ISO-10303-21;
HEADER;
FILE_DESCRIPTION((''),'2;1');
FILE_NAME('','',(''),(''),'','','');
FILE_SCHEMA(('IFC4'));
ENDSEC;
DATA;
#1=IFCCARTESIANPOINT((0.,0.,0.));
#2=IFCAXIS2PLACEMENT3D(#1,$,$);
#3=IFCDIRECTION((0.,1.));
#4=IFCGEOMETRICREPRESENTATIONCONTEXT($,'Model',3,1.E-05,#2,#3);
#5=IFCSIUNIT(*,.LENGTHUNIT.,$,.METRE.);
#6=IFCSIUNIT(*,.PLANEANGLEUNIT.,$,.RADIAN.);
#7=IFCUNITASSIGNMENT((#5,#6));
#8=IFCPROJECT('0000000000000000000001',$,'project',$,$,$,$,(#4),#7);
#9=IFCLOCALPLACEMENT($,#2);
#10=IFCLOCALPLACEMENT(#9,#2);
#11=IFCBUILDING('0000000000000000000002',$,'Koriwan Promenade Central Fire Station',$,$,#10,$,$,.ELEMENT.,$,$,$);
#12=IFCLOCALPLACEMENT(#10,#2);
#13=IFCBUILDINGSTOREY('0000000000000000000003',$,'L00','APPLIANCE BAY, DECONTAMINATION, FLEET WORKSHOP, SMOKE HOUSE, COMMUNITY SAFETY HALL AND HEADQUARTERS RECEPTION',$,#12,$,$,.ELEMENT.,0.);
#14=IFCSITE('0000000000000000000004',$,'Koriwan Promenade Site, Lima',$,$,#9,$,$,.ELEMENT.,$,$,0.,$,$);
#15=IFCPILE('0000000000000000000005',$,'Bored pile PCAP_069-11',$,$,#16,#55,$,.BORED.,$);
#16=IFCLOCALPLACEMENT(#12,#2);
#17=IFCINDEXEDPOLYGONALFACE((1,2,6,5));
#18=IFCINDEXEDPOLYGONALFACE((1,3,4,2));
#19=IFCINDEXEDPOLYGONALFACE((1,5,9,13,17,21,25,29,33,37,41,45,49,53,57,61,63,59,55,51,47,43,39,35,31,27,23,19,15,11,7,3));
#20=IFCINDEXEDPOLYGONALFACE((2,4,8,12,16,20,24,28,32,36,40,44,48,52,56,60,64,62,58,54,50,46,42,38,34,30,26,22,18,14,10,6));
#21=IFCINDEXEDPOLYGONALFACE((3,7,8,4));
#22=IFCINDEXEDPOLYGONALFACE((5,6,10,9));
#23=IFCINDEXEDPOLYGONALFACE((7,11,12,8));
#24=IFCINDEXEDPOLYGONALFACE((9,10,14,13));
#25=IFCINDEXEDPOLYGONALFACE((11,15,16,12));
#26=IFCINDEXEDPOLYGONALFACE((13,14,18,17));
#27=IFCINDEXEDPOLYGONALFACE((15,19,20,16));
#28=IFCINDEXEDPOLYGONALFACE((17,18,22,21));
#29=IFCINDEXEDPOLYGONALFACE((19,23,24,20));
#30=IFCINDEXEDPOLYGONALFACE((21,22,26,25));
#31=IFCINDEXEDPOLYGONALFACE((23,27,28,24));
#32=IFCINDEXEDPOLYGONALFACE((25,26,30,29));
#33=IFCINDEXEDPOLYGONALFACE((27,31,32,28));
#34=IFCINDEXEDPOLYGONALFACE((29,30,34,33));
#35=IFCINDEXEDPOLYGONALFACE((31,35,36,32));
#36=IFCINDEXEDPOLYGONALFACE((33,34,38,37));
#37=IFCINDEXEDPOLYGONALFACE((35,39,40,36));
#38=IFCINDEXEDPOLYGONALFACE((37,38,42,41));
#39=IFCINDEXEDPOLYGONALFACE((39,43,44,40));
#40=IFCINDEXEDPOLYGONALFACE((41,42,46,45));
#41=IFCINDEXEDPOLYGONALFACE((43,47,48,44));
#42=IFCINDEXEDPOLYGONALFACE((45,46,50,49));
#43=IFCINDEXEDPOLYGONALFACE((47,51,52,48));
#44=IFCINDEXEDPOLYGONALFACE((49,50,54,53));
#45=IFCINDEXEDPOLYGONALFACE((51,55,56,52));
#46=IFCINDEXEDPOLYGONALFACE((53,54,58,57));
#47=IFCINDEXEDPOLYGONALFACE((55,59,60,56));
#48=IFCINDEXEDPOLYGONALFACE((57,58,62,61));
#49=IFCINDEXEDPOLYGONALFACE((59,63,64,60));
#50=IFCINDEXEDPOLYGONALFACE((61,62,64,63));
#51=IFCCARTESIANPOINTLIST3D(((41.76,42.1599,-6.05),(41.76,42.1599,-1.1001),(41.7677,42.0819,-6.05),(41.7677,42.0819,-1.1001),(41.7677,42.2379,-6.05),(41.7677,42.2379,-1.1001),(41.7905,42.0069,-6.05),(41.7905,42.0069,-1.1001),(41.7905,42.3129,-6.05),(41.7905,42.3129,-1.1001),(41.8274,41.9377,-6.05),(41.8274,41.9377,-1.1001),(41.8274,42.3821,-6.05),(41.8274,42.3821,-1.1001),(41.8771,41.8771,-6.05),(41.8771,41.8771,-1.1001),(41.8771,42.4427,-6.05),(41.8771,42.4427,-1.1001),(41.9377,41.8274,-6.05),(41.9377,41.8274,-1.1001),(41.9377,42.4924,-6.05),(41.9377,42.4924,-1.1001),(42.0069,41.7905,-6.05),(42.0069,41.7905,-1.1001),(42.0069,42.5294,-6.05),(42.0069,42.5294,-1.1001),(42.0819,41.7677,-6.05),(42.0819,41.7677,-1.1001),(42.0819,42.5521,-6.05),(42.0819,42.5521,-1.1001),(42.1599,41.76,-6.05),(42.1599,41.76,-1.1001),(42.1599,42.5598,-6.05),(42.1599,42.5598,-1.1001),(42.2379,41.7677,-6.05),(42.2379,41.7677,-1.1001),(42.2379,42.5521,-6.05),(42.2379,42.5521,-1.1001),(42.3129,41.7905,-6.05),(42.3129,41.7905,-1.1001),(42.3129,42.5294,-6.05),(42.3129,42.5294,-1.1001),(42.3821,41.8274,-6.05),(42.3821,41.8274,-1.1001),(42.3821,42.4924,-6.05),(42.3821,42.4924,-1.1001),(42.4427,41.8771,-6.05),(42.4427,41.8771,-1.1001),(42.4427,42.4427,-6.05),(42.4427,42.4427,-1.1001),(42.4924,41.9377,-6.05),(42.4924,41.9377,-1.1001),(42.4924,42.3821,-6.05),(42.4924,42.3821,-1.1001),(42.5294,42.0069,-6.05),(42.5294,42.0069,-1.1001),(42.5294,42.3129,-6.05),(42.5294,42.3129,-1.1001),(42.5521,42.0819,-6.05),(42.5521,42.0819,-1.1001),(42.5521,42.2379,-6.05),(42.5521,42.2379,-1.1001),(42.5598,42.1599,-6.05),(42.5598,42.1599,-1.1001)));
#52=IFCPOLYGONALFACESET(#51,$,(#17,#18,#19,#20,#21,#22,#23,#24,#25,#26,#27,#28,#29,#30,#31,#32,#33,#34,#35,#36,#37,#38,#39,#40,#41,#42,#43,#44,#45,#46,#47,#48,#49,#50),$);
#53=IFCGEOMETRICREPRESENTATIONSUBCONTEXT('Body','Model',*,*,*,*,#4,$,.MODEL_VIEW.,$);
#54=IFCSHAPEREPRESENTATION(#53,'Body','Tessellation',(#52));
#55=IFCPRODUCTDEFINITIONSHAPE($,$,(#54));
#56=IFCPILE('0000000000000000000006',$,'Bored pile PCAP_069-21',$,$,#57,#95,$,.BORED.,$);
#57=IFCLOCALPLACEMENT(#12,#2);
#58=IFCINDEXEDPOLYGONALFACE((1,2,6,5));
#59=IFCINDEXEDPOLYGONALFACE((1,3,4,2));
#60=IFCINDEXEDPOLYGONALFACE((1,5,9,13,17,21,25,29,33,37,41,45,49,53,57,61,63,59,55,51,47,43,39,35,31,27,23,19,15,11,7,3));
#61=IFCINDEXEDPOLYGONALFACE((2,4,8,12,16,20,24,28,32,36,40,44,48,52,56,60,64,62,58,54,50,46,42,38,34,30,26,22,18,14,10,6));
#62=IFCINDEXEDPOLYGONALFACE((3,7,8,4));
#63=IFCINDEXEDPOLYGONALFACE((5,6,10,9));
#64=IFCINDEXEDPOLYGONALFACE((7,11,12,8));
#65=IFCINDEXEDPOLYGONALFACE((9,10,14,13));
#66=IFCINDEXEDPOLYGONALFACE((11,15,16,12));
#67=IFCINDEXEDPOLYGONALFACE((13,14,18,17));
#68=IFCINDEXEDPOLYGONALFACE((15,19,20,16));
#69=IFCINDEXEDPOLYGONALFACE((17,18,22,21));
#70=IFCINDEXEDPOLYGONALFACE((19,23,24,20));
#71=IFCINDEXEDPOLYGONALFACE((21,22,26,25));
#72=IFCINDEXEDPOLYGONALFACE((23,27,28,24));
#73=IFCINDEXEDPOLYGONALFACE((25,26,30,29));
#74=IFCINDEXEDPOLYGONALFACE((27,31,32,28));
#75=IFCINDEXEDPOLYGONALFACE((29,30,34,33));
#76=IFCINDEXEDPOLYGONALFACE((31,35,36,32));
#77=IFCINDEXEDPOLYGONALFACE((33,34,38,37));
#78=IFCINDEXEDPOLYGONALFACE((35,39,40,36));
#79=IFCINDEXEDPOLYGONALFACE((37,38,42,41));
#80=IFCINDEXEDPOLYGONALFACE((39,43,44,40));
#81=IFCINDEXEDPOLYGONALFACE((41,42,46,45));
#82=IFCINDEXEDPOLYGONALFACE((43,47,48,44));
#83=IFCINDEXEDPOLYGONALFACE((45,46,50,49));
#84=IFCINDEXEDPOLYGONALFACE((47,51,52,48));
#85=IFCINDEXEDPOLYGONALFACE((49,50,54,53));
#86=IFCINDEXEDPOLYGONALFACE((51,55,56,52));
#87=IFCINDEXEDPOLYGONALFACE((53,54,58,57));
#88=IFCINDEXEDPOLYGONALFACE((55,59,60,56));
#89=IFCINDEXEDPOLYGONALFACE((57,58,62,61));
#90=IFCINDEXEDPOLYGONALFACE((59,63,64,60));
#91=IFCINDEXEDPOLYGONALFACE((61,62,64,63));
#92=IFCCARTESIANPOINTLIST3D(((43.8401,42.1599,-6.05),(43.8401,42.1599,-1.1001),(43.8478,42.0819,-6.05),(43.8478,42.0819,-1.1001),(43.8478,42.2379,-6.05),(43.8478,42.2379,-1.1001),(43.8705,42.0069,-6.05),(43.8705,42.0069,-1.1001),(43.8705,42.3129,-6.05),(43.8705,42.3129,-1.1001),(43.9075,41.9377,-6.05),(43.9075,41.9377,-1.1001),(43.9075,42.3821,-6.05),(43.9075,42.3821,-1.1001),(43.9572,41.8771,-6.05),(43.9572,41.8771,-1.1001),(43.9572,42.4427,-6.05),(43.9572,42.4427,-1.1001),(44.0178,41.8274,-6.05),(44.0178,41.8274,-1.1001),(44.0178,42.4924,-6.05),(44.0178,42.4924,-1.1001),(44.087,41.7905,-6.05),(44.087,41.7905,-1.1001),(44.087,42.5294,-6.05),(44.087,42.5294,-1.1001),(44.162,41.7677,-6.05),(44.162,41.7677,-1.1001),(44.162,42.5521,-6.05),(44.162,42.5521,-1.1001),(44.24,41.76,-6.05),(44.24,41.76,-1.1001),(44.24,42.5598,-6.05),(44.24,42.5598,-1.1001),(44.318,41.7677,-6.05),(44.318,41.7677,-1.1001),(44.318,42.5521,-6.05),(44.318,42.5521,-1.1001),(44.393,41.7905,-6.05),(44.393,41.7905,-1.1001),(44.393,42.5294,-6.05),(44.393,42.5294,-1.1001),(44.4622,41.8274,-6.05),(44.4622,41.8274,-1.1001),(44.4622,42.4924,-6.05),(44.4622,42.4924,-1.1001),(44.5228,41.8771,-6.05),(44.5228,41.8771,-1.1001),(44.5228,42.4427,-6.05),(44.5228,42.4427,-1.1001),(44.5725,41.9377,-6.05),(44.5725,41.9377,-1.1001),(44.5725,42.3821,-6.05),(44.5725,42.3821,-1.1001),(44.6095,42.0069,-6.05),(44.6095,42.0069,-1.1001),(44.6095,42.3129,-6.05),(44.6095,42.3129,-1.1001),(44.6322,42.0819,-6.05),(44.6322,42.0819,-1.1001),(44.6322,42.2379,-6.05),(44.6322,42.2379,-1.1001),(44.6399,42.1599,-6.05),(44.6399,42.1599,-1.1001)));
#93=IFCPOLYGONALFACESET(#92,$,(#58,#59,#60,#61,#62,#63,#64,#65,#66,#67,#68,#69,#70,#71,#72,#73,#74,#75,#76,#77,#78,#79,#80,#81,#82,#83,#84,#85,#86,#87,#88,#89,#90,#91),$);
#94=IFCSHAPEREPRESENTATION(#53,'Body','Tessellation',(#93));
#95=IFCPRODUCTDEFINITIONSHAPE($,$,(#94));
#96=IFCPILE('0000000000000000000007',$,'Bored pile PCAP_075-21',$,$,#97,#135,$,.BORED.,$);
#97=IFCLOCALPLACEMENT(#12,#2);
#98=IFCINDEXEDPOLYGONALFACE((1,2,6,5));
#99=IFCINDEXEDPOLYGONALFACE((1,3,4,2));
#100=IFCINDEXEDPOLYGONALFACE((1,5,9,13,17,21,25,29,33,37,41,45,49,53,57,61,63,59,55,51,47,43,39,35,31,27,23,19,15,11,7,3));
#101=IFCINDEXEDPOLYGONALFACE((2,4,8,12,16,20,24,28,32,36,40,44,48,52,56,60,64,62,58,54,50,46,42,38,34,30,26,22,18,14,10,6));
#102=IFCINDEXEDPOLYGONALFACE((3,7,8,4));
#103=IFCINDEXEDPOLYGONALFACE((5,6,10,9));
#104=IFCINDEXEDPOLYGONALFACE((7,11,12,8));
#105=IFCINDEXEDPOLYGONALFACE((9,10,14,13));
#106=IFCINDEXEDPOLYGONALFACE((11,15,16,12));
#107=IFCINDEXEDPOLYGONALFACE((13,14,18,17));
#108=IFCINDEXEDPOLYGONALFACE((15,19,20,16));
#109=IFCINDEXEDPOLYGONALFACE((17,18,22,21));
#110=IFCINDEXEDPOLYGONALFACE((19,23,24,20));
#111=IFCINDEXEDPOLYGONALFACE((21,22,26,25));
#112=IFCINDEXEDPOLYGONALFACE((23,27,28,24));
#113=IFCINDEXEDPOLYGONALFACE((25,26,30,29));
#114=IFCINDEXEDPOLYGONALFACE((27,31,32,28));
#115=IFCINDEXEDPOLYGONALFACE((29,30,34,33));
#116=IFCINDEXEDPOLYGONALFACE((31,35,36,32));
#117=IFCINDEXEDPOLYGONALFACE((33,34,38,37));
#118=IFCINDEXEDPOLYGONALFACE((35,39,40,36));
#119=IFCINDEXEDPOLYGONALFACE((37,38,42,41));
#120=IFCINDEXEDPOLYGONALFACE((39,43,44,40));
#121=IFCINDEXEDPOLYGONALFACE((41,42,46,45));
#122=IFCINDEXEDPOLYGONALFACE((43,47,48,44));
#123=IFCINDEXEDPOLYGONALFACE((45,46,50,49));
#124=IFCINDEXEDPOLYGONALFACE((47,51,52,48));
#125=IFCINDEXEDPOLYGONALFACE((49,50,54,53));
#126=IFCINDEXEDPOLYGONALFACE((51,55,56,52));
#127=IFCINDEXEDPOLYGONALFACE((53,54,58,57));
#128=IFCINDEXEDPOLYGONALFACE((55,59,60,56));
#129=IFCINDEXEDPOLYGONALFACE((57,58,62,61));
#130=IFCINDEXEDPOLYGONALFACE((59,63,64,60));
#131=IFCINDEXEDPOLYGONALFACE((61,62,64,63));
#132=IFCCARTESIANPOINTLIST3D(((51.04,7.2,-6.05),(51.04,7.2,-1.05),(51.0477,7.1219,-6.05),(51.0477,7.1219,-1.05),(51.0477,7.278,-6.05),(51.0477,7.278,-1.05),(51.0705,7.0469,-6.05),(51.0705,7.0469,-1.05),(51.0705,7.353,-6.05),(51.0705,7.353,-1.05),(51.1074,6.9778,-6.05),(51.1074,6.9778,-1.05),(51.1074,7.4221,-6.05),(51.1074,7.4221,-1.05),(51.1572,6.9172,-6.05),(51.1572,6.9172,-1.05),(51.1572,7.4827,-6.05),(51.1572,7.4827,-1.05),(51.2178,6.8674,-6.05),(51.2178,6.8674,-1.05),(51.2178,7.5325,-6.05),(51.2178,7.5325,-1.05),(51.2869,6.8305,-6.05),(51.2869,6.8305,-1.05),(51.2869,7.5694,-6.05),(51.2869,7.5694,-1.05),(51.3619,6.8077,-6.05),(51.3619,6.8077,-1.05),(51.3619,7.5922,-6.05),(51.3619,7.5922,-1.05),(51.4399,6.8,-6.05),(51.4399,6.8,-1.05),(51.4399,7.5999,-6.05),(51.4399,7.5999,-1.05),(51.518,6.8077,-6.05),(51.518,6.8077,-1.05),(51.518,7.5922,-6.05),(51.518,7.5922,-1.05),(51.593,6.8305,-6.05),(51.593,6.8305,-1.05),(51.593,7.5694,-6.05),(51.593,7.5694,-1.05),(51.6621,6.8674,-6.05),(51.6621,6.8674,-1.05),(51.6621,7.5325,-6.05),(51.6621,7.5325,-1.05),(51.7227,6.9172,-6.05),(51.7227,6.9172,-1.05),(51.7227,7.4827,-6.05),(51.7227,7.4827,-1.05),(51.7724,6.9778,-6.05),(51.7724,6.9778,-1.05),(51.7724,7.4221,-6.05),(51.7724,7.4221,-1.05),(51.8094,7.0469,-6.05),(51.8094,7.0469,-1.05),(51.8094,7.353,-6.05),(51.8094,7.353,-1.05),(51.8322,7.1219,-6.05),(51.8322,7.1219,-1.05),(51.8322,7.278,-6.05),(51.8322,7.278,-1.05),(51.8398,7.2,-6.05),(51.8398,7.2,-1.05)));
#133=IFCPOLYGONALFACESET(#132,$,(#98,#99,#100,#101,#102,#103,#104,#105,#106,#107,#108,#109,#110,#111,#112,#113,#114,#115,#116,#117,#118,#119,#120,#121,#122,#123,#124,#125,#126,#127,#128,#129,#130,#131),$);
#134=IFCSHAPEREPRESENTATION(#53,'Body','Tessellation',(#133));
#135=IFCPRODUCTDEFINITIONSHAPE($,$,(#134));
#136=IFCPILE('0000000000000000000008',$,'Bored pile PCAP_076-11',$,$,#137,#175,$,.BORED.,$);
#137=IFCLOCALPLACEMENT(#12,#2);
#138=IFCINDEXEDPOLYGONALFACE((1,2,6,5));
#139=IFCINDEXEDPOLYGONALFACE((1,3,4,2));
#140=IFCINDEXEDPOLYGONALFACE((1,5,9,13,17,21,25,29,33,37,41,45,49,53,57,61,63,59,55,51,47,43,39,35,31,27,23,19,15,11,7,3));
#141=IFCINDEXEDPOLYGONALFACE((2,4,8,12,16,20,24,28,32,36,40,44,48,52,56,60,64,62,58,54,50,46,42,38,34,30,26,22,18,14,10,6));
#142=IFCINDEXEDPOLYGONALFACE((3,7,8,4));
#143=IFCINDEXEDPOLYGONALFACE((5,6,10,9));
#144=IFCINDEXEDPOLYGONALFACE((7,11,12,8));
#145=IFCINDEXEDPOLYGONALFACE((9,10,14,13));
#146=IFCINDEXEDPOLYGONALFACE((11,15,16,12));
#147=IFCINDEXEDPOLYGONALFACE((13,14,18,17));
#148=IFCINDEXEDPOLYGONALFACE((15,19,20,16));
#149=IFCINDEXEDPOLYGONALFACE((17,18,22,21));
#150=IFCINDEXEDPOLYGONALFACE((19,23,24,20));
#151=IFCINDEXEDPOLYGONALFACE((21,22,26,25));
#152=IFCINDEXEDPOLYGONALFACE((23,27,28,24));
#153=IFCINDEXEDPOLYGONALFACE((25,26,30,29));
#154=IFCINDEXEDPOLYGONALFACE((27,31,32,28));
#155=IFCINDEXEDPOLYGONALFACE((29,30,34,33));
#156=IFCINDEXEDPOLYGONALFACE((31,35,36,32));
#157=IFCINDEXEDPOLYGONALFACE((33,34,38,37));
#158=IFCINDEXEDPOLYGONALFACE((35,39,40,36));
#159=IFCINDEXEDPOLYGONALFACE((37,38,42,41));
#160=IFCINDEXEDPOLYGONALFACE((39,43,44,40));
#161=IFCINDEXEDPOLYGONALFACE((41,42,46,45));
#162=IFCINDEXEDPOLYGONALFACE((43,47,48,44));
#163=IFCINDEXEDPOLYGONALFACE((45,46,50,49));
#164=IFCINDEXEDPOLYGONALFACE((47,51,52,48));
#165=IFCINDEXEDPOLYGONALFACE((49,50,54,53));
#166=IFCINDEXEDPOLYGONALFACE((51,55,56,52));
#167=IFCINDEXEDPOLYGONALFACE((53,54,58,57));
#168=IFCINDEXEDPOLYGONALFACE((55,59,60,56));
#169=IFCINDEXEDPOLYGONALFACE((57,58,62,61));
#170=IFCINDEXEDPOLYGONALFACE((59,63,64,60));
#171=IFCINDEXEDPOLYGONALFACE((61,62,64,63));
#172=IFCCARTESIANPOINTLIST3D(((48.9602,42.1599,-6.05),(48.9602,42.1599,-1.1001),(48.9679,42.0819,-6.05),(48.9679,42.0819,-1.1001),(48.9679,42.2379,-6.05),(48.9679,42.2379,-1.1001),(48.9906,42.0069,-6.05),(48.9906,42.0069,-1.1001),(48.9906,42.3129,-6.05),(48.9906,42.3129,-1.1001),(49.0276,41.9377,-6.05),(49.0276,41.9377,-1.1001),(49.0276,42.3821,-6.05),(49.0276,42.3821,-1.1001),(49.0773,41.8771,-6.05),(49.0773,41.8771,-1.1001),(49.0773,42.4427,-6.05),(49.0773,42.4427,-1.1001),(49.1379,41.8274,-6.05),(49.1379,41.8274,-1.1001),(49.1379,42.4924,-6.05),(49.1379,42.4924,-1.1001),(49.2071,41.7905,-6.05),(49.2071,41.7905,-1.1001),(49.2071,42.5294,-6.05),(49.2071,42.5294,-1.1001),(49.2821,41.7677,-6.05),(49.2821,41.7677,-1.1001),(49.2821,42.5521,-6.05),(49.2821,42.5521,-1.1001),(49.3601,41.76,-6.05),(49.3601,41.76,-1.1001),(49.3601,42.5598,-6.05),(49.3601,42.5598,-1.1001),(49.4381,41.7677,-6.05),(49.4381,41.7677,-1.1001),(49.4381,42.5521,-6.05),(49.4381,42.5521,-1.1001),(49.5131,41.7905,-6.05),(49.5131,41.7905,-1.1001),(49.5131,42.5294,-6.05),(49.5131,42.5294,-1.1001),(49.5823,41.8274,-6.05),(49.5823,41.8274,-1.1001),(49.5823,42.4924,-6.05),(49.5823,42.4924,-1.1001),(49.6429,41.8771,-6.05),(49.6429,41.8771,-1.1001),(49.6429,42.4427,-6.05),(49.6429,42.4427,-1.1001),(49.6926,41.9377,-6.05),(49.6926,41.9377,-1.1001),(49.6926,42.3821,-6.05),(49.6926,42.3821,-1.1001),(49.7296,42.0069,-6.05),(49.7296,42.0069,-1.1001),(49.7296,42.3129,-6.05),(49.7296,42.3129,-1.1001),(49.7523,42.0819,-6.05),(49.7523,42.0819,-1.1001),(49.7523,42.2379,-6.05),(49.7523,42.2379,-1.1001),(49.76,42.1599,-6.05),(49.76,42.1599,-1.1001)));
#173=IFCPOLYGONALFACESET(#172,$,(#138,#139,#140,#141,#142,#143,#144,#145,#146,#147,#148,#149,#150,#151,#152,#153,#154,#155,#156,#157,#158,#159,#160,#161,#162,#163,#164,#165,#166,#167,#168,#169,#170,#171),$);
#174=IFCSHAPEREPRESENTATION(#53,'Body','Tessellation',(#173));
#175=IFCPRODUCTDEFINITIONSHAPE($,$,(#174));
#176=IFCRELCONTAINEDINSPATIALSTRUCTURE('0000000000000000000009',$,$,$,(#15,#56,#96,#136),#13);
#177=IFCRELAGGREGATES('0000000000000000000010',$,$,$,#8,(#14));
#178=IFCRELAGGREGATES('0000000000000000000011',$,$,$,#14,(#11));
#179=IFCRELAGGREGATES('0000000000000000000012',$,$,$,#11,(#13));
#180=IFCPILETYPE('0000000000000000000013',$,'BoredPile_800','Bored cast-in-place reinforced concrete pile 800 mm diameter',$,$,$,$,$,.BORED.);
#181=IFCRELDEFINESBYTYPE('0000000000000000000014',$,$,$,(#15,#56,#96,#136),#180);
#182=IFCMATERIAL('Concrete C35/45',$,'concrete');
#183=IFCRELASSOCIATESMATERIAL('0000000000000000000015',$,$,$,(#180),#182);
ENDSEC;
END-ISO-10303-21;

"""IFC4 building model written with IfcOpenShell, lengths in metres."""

from ifc_helpers import new_model, si_unit, direction, frame, origin, origin_2d, place, context, subcontext, project, spatial, circle, extrude, material, material_profile, profile_set, type_object, element, save


model = new_model("IFC4")

# Units and contexts
model_context = context("Model", 3, precision=1e-05, world=origin(), true_north=direction((0.0, 1.0)))
body_context = subcontext(model_context, "Body", "Model", "MODEL_VIEW")
ifc_project = project(units=[si_unit("LENGTHUNIT", "METRE"), si_unit("PLANEANGLEUNIT", "RADIAN")], contexts=[model_context])

# Site, building, storey
site_placement = place(None, origin())
site = spatial("IfcSite", under=ifc_project, at=site_placement, Name="Koriwan Promenade Site, Lima", CompositionType="ELEMENT", RefElevation=0.0)
building_placement = place(site_placement, origin())
building = spatial("IfcBuilding", under=site, at=building_placement, Name="Koriwan Promenade Central Fire Station", CompositionType="ELEMENT")
storey_placement = place(building_placement, origin())
storey = spatial("IfcBuildingStorey", under=building, at=storey_placement, Name="L00", Description="APPLIANCE BAY, DECONTAMINATION, FLEET WORKSHOP, SMOKE HOUSE, COMMUNITY SAFETY HALL AND HEADQUARTERS RECEPTION", CompositionType="ELEMENT", Elevation=0.0)

# Piles
ifc_material_1 = material(Name="Concrete C35/45", Category="concrete")
ifc_material_profile_1 = material_profile(ifc_material_1, circle(Radius=0.3999, at=origin_2d()), Name="PILE-D800")
ifc_profile_set_1 = profile_set([ifc_material_profile_1], Name="Concrete C35/45")
pile_type_1 = type_object("IfcPileType", Name="BoredPile_800", Description="Bored cast-in-place reinforced concrete pile 800 mm diameter", PredefinedType="BORED", material=ifc_profile_set_1)
for number, where, z_axis, x_axis, name in (
    (1, (42.1599, 42.1599, -1.1001), (0.0, 0.0, -1.0), (1.0, 0.0, 0.0), "Bored pile PCAP_069-11"),
    (2, (44.24, 42.1599, -1.1001), (0.0, 0.0, -1.0), (1.0, 0.0, 0.0), "Bored pile PCAP_069-21"),
):
    element("IfcPile", number, at=place(storey_placement, frame(where, z_axis=z_axis, x_axis=x_axis)), inside=storey, type_object=pile_type_1, Name=name, PredefinedType="BORED", context=body_context, shape_type="SweptSolid", body=[
        extrude(circle(Radius=0.3999, at=origin_2d()), origin(), (0.0, 0.0, 1.0), 4.95),
    ])
pile_placement = place(storey_placement, frame((51.4399, 7.2, -1.05), z_axis=(0.0, 0.0, -1.0), x_axis=(1.0, 0.0, 0.0)))
element("IfcPile", 3, at=pile_placement, inside=storey, type_object=pile_type_1, Name="Bored pile PCAP_075-21", PredefinedType="BORED", context=body_context, shape_type="SweptSolid", body=[
    extrude(circle(Radius=0.3999, at=origin_2d()), origin(), (0.0, 0.0, 1.0), 5.0),
])
for number, where, z_axis, x_axis, name in (
    (4, (49.3601, 42.1599, -1.1001), (0.0, 0.0, -1.0), (1.0, 0.0, 0.0), "Bored pile PCAP_076-11"),
):
    element("IfcPile", number, at=place(storey_placement, frame(where, z_axis=z_axis, x_axis=x_axis)), inside=storey, type_object=pile_type_1, Name=name, PredefinedType="BORED", context=body_context, shape_type="SweptSolid", body=[
        extrude(circle(Radius=0.3999, at=origin_2d()), origin(), (0.0, 0.0, 1.0), 4.95),
    ])

save(model, "model.ifc")
